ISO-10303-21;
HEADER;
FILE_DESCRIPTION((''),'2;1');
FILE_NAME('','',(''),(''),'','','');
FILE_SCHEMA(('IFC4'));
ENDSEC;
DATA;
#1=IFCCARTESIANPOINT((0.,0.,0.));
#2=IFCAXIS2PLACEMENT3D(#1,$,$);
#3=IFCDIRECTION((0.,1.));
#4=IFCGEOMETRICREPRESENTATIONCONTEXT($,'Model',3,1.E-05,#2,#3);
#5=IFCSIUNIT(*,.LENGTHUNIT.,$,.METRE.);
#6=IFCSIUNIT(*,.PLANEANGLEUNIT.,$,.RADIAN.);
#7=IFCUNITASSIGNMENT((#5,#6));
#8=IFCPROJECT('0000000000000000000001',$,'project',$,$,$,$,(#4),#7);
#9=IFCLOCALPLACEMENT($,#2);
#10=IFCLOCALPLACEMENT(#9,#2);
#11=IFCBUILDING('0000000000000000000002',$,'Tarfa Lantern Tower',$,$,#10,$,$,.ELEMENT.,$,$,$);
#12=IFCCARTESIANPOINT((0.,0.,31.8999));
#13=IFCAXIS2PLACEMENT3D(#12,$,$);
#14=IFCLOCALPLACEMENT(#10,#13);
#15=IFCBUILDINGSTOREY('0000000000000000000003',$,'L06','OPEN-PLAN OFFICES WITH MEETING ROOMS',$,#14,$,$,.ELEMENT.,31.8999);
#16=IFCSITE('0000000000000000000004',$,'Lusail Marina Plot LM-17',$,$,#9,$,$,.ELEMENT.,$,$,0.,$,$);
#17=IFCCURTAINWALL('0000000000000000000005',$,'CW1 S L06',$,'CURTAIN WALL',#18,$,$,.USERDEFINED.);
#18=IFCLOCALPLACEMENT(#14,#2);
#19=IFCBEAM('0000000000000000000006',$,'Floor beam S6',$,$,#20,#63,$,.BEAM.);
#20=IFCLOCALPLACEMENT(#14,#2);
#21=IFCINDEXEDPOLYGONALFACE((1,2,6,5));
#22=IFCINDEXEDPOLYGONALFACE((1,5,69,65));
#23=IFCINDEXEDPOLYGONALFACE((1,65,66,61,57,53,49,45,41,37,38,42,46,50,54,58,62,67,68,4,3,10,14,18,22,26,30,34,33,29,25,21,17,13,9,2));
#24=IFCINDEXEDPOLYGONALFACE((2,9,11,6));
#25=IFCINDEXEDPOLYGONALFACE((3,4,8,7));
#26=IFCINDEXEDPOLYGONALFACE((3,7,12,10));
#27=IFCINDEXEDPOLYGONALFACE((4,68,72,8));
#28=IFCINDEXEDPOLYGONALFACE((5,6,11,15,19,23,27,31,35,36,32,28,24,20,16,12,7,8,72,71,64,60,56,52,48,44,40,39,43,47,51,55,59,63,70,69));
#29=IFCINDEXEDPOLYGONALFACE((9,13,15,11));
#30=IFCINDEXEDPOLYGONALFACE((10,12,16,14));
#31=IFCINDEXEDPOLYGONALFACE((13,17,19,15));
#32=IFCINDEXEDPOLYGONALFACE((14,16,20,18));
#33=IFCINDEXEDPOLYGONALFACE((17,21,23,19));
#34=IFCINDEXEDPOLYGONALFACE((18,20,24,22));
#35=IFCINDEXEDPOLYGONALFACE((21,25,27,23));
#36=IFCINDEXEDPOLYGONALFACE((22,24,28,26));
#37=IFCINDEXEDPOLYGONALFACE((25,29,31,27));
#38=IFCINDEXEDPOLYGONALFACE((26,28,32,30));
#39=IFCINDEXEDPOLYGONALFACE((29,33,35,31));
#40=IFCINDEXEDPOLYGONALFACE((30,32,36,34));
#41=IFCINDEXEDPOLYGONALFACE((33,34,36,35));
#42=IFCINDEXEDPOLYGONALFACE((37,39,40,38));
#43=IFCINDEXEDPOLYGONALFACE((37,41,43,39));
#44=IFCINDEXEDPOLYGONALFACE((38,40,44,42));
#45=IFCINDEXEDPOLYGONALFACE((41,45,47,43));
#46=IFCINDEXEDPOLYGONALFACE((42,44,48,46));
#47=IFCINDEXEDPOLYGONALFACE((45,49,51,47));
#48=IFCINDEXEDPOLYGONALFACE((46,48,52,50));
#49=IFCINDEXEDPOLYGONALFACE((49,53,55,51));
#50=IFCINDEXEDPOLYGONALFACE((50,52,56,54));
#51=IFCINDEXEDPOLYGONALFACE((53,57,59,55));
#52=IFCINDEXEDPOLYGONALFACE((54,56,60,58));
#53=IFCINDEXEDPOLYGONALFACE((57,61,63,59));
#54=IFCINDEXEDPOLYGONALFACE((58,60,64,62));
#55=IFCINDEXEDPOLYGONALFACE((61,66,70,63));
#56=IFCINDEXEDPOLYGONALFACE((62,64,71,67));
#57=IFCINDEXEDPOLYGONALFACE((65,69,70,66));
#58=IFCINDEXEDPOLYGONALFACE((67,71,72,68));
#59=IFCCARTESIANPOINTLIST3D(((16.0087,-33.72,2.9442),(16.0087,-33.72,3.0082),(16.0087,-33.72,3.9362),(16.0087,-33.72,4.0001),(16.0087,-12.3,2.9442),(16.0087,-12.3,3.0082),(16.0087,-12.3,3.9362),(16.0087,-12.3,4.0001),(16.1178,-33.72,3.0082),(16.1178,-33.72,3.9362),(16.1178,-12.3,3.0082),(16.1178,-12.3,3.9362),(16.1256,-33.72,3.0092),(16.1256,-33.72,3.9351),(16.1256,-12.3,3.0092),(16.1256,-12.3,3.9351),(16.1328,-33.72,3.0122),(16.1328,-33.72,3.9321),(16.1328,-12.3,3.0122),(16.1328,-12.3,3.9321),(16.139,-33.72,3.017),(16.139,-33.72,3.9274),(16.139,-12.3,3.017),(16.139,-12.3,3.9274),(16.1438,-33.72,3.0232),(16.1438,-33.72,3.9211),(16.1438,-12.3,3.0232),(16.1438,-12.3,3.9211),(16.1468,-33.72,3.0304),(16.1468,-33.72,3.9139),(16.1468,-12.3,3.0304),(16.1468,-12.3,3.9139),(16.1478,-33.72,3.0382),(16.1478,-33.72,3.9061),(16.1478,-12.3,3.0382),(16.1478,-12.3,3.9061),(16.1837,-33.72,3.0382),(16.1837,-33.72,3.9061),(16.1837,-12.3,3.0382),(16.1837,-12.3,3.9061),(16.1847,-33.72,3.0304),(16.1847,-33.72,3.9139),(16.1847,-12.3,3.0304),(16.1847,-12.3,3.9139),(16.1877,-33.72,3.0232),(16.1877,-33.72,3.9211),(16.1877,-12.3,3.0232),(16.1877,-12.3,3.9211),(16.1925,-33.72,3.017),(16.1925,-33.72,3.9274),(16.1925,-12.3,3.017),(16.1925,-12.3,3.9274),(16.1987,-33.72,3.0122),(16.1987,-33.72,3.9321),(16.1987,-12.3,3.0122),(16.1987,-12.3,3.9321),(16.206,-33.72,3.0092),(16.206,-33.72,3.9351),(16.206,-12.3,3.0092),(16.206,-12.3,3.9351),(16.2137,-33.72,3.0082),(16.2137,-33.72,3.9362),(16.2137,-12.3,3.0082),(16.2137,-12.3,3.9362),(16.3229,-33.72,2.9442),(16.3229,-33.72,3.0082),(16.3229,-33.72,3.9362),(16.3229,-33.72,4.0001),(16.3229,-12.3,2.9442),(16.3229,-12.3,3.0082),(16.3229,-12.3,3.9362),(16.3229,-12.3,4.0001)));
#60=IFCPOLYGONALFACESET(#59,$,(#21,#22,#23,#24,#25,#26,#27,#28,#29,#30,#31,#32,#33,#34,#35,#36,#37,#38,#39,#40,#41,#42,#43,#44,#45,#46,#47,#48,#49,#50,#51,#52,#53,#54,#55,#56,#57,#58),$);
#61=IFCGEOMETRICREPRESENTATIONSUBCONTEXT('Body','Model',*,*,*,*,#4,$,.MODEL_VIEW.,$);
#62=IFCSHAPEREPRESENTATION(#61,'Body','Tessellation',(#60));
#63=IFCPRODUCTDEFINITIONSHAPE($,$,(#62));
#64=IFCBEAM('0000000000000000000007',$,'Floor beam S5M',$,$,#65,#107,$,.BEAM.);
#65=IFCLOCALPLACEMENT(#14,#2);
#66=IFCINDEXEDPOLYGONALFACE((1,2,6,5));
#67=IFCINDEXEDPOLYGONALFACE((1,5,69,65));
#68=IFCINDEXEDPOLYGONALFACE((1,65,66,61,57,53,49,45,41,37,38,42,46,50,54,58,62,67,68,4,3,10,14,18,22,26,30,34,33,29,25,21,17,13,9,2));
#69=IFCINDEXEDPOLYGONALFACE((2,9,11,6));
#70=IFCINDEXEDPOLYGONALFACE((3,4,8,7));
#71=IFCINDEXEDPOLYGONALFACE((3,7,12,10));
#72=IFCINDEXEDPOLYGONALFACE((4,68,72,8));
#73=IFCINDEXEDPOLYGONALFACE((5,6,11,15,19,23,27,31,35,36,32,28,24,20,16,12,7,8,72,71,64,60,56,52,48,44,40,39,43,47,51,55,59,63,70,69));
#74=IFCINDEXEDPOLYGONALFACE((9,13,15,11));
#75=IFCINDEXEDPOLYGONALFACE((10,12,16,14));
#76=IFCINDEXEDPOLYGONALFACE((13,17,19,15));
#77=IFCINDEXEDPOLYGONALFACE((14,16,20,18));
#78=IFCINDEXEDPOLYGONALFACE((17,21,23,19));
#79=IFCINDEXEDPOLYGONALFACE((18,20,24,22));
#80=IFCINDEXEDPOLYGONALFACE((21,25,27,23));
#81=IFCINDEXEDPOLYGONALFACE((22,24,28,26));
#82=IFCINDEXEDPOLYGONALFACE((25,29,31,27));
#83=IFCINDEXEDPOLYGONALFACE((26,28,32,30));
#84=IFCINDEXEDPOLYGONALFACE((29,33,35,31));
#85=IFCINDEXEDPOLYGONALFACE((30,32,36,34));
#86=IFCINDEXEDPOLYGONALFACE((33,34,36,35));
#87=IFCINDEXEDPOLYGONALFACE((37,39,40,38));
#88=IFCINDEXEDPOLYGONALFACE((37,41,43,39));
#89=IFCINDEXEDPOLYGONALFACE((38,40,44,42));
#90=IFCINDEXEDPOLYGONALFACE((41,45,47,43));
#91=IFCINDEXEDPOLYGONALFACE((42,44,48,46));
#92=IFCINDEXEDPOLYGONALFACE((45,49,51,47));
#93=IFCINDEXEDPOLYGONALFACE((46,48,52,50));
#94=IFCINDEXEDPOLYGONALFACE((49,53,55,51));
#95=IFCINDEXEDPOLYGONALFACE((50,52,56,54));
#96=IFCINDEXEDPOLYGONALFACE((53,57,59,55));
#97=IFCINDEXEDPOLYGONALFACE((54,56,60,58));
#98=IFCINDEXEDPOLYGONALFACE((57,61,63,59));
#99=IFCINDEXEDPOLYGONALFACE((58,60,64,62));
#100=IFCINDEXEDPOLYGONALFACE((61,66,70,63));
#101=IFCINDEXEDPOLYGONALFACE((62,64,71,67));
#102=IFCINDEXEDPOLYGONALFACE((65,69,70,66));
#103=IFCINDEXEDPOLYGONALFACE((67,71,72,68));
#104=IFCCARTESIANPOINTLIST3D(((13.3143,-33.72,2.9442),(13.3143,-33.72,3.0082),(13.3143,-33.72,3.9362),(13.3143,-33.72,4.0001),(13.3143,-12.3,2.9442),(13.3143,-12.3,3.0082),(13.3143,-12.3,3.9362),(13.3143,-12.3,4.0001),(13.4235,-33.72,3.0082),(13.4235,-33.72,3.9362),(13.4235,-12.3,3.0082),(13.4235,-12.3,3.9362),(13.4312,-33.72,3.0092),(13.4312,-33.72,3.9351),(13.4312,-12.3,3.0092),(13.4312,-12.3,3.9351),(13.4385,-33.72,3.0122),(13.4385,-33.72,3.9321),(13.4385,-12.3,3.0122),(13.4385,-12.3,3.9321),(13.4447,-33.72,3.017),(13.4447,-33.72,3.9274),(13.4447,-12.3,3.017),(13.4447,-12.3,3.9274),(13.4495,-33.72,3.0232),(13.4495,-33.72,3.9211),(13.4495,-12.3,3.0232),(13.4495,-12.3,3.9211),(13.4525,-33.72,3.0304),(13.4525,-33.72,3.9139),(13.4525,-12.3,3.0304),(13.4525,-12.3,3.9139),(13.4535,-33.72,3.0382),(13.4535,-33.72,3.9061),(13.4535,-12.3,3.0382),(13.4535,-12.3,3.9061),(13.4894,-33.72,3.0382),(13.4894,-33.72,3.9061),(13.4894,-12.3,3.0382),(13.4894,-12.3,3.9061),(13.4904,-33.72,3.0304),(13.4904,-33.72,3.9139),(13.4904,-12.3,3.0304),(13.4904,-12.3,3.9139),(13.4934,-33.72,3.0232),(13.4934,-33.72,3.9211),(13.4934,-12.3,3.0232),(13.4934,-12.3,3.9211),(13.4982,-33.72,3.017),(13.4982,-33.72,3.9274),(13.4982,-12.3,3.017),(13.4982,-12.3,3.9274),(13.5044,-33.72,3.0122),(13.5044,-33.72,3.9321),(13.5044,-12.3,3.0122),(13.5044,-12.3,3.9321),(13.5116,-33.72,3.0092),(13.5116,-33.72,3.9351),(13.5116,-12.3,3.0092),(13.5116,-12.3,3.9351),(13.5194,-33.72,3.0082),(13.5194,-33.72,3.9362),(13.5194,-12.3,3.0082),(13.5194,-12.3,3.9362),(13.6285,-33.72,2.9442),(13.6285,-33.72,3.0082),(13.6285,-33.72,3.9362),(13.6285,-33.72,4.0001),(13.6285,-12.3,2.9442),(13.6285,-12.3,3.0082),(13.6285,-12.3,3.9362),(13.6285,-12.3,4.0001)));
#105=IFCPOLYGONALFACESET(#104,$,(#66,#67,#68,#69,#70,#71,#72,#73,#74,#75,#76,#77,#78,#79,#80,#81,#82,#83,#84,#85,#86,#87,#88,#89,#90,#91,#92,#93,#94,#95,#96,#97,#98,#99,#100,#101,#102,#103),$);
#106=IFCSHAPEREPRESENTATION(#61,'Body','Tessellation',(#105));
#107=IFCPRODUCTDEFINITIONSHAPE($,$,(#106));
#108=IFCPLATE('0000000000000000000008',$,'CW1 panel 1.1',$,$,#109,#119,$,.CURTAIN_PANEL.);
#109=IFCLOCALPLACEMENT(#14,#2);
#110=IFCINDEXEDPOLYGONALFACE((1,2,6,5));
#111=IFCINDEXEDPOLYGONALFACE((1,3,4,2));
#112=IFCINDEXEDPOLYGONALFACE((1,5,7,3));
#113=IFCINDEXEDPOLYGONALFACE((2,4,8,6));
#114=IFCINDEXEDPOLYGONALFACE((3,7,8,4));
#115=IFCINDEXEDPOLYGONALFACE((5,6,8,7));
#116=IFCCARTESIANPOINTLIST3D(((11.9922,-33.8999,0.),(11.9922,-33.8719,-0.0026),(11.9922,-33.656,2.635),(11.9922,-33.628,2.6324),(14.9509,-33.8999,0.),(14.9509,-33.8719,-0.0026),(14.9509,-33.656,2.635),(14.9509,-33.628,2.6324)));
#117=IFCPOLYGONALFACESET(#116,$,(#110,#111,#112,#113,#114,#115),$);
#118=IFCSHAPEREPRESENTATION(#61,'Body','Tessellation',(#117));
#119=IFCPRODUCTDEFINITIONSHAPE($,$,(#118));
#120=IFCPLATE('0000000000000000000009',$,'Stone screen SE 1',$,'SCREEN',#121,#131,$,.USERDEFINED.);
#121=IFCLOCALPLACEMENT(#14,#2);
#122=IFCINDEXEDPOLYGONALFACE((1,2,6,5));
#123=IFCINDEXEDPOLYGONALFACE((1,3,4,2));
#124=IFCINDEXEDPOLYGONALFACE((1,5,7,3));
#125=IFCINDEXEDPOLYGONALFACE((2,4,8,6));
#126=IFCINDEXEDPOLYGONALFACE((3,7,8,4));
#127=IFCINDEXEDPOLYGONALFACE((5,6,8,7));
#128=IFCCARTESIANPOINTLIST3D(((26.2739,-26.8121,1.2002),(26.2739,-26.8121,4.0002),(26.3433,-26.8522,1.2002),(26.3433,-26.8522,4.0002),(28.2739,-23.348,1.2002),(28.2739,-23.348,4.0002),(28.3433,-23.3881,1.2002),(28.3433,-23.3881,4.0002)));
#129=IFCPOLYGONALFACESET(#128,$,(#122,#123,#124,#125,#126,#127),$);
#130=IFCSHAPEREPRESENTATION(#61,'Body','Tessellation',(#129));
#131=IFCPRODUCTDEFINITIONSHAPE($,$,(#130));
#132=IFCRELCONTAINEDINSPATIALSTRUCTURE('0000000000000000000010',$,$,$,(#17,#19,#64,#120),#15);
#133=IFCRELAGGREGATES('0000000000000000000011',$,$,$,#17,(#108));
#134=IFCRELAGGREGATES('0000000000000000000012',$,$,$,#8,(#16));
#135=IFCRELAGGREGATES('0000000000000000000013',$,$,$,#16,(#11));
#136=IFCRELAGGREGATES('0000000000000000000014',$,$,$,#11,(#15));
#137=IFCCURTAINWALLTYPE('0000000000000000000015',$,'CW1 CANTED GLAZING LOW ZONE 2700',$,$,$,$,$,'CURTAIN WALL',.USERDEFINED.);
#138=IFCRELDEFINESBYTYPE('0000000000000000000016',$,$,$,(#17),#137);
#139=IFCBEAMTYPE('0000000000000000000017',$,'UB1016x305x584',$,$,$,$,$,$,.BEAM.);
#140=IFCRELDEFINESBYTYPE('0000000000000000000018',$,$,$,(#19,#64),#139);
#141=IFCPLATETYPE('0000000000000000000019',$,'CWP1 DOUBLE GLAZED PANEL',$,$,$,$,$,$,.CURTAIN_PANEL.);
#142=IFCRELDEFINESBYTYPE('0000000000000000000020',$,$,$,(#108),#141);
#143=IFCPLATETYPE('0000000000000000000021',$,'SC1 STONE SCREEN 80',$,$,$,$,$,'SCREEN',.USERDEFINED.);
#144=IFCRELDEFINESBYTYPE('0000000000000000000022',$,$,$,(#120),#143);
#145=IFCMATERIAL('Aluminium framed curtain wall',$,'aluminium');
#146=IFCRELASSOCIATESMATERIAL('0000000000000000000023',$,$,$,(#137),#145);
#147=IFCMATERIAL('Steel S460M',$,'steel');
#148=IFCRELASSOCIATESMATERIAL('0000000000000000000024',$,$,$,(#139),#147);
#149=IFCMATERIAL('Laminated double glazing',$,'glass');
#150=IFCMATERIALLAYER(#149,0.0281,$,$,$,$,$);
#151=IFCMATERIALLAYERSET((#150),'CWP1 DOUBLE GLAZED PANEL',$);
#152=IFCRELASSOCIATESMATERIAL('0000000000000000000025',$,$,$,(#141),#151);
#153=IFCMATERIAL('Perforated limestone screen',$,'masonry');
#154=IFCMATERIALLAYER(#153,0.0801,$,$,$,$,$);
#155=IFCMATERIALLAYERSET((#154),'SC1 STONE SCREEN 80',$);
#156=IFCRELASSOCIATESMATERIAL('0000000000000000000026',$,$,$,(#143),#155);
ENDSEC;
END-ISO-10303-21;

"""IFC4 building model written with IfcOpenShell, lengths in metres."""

from ifc_helpers import new_model, si_unit, direction, frame, origin, origin_2d, place, context, subcontext, project, spatial, polyline, rectangle, i_section, outline, extrude, material, layer, layer_set, material_profile, profile_set, type_object, element, aggregate, save


model = new_model("IFC4")

# Units and contexts
model_context = context("Model", 3, precision=1e-05, world=origin(), true_north=direction((0.0, 1.0)))
body_context = subcontext(model_context, "Body", "Model", "MODEL_VIEW")
ifc_project = project(units=[si_unit("LENGTHUNIT", "METRE"), si_unit("PLANEANGLEUNIT", "RADIAN")], contexts=[model_context])

# Site, building, storey
site_placement = place(None, origin())
site = spatial("IfcSite", under=ifc_project, at=site_placement, Name="Lusail Marina Plot LM-17", CompositionType="ELEMENT", RefElevation=0.0)
building_placement = place(site_placement, origin())
building = spatial("IfcBuilding", under=site, at=building_placement, Name="Tarfa Lantern Tower", CompositionType="ELEMENT")
storey_placement = place(building_placement, frame((0.0, 0.0, 31.8999)))
storey = spatial("IfcBuildingStorey", under=building, at=storey_placement, Name="L06", Description="OPEN-PLAN OFFICES WITH MEETING ROOMS", CompositionType="ELEMENT", Elevation=31.8999)

# Curtain wall
ifc_material_1 = material(Name="Aluminium framed curtain wall", Category="aluminium")
curtain_wall_type = type_object("IfcCurtainWallType", Name="CW1 CANTED GLAZING LOW ZONE 2700", ElementType="CURTAIN WALL", PredefinedType="USERDEFINED", material=ifc_material_1)
curtain_wall_placement = place(storey_placement, origin())
curtain_wall = element("IfcCurtainWall", 1, at=curtain_wall_placement, inside=storey, type_object=curtain_wall_type, Name="CW1 S L06", ObjectType="CURTAIN WALL", PredefinedType="USERDEFINED")

# Beams
ifc_material_2 = material(Name="Steel S460M", Category="steel")
ifc_material_profile_1 = material_profile(ifc_material_2, i_section(OverallWidth=0.3142, OverallDepth=1.0559, WebThickness=0.0359, FlangeThickness=0.064, FilletRadius=0.03, at=origin_2d()), Name="UB1016x305x584")
ifc_profile_set_1 = profile_set([ifc_material_profile_1], Name="Steel S460M")
beam_type_1 = type_object("IfcBeamType", Name="UB1016x305x584", PredefinedType="BEAM", material=ifc_profile_set_1)
for number, where, z_axis, x_axis, name in (
    (2, (16.1658, -33.72, 3.4722), (0.0, 1.0, 0.0), (-1.0, 0.0, 0.0), "Floor beam S6"),
    (3, (13.4714, -33.72, 3.4722), (0.0, 1.0, 0.0), (-1.0, 0.0, 0.0), "Floor beam S5M"),
):
    element("IfcBeam", number, at=place(storey_placement, frame(where, z_axis=z_axis, x_axis=x_axis)), inside=storey, type_object=beam_type_1, Name=name, PredefinedType="BEAM", context=body_context, shape_type="SweptSolid", body=[
        extrude(i_section(OverallWidth=0.3142, OverallDepth=1.0559, WebThickness=0.0359, FlangeThickness=0.064, FilletRadius=0.03, at=origin_2d()), origin(), (0.0, 0.0, 1.0), 21.4199),
    ])

# Plates
ifc_material_3 = material(Name="Laminated double glazing", Category="glass")
ifc_layer_1 = layer(ifc_material_3, 0.0281)
ifc_layer_set_1 = layer_set([ifc_layer_1], Name="CWP1 DOUBLE GLAZED PANEL")
plate_type_1 = type_object("IfcPlateType", Name="CWP1 DOUBLE GLAZED PANEL", PredefinedType="CURTAIN_PANEL", material=ifc_layer_set_1)
plate_1_placement = place(storey_placement, frame((11.9922, -33.8999, 0.0), z_axis=(0.0, -0.995744, 0.092166), x_axis=(1.0, 0.0, 0.0)))
plate_1 = element("IfcPlate", 4, at=plate_1_placement, type_object=plate_type_1, Name="CW1 panel 1.1", PredefinedType="CURTAIN_PANEL", context=body_context, shape_type="SweptSolid", body=[
    extrude(outline(polyline([(0.0, 0.0), (2.9587, 0.0), (2.9587, 2.6463), (0.0, 2.6463), (0.0, 0.0)])), origin(), (0.0, 0.0, -1.0), 0.0281),
])
aggregate(curtain_wall, [plate_1])
ifc_material_4 = material(Name="Perforated limestone screen", Category="masonry")
ifc_layer_2 = layer(ifc_material_4, 0.0801)
ifc_layer_set_2 = layer_set([ifc_layer_2], Name="SC1 STONE SCREEN 80")
plate_type_2 = type_object("IfcPlateType", Name="SC1 STONE SCREEN 80", ElementType="SCREEN", PredefinedType="USERDEFINED", material=ifc_layer_set_2)
plate_2_placement = place(storey_placement, frame((27.3086, -25.1001, 1.2002), z_axis=(0.0, 0.0, 1.0), x_axis=(0.5, 0.866025, 0.0)))
element("IfcPlate", 5, at=plate_2_placement, inside=storey, type_object=plate_type_2, Name="Stone screen SE 1", ObjectType="SCREEN", PredefinedType="USERDEFINED", context=body_context, shape_type="SweptSolid", body=[
    extrude(rectangle(XDim=4.0, YDim=0.0801, at=origin_2d()), origin(), (0.0, 0.0, 1.0), 2.8),
])

save(model, "model.ifc")
